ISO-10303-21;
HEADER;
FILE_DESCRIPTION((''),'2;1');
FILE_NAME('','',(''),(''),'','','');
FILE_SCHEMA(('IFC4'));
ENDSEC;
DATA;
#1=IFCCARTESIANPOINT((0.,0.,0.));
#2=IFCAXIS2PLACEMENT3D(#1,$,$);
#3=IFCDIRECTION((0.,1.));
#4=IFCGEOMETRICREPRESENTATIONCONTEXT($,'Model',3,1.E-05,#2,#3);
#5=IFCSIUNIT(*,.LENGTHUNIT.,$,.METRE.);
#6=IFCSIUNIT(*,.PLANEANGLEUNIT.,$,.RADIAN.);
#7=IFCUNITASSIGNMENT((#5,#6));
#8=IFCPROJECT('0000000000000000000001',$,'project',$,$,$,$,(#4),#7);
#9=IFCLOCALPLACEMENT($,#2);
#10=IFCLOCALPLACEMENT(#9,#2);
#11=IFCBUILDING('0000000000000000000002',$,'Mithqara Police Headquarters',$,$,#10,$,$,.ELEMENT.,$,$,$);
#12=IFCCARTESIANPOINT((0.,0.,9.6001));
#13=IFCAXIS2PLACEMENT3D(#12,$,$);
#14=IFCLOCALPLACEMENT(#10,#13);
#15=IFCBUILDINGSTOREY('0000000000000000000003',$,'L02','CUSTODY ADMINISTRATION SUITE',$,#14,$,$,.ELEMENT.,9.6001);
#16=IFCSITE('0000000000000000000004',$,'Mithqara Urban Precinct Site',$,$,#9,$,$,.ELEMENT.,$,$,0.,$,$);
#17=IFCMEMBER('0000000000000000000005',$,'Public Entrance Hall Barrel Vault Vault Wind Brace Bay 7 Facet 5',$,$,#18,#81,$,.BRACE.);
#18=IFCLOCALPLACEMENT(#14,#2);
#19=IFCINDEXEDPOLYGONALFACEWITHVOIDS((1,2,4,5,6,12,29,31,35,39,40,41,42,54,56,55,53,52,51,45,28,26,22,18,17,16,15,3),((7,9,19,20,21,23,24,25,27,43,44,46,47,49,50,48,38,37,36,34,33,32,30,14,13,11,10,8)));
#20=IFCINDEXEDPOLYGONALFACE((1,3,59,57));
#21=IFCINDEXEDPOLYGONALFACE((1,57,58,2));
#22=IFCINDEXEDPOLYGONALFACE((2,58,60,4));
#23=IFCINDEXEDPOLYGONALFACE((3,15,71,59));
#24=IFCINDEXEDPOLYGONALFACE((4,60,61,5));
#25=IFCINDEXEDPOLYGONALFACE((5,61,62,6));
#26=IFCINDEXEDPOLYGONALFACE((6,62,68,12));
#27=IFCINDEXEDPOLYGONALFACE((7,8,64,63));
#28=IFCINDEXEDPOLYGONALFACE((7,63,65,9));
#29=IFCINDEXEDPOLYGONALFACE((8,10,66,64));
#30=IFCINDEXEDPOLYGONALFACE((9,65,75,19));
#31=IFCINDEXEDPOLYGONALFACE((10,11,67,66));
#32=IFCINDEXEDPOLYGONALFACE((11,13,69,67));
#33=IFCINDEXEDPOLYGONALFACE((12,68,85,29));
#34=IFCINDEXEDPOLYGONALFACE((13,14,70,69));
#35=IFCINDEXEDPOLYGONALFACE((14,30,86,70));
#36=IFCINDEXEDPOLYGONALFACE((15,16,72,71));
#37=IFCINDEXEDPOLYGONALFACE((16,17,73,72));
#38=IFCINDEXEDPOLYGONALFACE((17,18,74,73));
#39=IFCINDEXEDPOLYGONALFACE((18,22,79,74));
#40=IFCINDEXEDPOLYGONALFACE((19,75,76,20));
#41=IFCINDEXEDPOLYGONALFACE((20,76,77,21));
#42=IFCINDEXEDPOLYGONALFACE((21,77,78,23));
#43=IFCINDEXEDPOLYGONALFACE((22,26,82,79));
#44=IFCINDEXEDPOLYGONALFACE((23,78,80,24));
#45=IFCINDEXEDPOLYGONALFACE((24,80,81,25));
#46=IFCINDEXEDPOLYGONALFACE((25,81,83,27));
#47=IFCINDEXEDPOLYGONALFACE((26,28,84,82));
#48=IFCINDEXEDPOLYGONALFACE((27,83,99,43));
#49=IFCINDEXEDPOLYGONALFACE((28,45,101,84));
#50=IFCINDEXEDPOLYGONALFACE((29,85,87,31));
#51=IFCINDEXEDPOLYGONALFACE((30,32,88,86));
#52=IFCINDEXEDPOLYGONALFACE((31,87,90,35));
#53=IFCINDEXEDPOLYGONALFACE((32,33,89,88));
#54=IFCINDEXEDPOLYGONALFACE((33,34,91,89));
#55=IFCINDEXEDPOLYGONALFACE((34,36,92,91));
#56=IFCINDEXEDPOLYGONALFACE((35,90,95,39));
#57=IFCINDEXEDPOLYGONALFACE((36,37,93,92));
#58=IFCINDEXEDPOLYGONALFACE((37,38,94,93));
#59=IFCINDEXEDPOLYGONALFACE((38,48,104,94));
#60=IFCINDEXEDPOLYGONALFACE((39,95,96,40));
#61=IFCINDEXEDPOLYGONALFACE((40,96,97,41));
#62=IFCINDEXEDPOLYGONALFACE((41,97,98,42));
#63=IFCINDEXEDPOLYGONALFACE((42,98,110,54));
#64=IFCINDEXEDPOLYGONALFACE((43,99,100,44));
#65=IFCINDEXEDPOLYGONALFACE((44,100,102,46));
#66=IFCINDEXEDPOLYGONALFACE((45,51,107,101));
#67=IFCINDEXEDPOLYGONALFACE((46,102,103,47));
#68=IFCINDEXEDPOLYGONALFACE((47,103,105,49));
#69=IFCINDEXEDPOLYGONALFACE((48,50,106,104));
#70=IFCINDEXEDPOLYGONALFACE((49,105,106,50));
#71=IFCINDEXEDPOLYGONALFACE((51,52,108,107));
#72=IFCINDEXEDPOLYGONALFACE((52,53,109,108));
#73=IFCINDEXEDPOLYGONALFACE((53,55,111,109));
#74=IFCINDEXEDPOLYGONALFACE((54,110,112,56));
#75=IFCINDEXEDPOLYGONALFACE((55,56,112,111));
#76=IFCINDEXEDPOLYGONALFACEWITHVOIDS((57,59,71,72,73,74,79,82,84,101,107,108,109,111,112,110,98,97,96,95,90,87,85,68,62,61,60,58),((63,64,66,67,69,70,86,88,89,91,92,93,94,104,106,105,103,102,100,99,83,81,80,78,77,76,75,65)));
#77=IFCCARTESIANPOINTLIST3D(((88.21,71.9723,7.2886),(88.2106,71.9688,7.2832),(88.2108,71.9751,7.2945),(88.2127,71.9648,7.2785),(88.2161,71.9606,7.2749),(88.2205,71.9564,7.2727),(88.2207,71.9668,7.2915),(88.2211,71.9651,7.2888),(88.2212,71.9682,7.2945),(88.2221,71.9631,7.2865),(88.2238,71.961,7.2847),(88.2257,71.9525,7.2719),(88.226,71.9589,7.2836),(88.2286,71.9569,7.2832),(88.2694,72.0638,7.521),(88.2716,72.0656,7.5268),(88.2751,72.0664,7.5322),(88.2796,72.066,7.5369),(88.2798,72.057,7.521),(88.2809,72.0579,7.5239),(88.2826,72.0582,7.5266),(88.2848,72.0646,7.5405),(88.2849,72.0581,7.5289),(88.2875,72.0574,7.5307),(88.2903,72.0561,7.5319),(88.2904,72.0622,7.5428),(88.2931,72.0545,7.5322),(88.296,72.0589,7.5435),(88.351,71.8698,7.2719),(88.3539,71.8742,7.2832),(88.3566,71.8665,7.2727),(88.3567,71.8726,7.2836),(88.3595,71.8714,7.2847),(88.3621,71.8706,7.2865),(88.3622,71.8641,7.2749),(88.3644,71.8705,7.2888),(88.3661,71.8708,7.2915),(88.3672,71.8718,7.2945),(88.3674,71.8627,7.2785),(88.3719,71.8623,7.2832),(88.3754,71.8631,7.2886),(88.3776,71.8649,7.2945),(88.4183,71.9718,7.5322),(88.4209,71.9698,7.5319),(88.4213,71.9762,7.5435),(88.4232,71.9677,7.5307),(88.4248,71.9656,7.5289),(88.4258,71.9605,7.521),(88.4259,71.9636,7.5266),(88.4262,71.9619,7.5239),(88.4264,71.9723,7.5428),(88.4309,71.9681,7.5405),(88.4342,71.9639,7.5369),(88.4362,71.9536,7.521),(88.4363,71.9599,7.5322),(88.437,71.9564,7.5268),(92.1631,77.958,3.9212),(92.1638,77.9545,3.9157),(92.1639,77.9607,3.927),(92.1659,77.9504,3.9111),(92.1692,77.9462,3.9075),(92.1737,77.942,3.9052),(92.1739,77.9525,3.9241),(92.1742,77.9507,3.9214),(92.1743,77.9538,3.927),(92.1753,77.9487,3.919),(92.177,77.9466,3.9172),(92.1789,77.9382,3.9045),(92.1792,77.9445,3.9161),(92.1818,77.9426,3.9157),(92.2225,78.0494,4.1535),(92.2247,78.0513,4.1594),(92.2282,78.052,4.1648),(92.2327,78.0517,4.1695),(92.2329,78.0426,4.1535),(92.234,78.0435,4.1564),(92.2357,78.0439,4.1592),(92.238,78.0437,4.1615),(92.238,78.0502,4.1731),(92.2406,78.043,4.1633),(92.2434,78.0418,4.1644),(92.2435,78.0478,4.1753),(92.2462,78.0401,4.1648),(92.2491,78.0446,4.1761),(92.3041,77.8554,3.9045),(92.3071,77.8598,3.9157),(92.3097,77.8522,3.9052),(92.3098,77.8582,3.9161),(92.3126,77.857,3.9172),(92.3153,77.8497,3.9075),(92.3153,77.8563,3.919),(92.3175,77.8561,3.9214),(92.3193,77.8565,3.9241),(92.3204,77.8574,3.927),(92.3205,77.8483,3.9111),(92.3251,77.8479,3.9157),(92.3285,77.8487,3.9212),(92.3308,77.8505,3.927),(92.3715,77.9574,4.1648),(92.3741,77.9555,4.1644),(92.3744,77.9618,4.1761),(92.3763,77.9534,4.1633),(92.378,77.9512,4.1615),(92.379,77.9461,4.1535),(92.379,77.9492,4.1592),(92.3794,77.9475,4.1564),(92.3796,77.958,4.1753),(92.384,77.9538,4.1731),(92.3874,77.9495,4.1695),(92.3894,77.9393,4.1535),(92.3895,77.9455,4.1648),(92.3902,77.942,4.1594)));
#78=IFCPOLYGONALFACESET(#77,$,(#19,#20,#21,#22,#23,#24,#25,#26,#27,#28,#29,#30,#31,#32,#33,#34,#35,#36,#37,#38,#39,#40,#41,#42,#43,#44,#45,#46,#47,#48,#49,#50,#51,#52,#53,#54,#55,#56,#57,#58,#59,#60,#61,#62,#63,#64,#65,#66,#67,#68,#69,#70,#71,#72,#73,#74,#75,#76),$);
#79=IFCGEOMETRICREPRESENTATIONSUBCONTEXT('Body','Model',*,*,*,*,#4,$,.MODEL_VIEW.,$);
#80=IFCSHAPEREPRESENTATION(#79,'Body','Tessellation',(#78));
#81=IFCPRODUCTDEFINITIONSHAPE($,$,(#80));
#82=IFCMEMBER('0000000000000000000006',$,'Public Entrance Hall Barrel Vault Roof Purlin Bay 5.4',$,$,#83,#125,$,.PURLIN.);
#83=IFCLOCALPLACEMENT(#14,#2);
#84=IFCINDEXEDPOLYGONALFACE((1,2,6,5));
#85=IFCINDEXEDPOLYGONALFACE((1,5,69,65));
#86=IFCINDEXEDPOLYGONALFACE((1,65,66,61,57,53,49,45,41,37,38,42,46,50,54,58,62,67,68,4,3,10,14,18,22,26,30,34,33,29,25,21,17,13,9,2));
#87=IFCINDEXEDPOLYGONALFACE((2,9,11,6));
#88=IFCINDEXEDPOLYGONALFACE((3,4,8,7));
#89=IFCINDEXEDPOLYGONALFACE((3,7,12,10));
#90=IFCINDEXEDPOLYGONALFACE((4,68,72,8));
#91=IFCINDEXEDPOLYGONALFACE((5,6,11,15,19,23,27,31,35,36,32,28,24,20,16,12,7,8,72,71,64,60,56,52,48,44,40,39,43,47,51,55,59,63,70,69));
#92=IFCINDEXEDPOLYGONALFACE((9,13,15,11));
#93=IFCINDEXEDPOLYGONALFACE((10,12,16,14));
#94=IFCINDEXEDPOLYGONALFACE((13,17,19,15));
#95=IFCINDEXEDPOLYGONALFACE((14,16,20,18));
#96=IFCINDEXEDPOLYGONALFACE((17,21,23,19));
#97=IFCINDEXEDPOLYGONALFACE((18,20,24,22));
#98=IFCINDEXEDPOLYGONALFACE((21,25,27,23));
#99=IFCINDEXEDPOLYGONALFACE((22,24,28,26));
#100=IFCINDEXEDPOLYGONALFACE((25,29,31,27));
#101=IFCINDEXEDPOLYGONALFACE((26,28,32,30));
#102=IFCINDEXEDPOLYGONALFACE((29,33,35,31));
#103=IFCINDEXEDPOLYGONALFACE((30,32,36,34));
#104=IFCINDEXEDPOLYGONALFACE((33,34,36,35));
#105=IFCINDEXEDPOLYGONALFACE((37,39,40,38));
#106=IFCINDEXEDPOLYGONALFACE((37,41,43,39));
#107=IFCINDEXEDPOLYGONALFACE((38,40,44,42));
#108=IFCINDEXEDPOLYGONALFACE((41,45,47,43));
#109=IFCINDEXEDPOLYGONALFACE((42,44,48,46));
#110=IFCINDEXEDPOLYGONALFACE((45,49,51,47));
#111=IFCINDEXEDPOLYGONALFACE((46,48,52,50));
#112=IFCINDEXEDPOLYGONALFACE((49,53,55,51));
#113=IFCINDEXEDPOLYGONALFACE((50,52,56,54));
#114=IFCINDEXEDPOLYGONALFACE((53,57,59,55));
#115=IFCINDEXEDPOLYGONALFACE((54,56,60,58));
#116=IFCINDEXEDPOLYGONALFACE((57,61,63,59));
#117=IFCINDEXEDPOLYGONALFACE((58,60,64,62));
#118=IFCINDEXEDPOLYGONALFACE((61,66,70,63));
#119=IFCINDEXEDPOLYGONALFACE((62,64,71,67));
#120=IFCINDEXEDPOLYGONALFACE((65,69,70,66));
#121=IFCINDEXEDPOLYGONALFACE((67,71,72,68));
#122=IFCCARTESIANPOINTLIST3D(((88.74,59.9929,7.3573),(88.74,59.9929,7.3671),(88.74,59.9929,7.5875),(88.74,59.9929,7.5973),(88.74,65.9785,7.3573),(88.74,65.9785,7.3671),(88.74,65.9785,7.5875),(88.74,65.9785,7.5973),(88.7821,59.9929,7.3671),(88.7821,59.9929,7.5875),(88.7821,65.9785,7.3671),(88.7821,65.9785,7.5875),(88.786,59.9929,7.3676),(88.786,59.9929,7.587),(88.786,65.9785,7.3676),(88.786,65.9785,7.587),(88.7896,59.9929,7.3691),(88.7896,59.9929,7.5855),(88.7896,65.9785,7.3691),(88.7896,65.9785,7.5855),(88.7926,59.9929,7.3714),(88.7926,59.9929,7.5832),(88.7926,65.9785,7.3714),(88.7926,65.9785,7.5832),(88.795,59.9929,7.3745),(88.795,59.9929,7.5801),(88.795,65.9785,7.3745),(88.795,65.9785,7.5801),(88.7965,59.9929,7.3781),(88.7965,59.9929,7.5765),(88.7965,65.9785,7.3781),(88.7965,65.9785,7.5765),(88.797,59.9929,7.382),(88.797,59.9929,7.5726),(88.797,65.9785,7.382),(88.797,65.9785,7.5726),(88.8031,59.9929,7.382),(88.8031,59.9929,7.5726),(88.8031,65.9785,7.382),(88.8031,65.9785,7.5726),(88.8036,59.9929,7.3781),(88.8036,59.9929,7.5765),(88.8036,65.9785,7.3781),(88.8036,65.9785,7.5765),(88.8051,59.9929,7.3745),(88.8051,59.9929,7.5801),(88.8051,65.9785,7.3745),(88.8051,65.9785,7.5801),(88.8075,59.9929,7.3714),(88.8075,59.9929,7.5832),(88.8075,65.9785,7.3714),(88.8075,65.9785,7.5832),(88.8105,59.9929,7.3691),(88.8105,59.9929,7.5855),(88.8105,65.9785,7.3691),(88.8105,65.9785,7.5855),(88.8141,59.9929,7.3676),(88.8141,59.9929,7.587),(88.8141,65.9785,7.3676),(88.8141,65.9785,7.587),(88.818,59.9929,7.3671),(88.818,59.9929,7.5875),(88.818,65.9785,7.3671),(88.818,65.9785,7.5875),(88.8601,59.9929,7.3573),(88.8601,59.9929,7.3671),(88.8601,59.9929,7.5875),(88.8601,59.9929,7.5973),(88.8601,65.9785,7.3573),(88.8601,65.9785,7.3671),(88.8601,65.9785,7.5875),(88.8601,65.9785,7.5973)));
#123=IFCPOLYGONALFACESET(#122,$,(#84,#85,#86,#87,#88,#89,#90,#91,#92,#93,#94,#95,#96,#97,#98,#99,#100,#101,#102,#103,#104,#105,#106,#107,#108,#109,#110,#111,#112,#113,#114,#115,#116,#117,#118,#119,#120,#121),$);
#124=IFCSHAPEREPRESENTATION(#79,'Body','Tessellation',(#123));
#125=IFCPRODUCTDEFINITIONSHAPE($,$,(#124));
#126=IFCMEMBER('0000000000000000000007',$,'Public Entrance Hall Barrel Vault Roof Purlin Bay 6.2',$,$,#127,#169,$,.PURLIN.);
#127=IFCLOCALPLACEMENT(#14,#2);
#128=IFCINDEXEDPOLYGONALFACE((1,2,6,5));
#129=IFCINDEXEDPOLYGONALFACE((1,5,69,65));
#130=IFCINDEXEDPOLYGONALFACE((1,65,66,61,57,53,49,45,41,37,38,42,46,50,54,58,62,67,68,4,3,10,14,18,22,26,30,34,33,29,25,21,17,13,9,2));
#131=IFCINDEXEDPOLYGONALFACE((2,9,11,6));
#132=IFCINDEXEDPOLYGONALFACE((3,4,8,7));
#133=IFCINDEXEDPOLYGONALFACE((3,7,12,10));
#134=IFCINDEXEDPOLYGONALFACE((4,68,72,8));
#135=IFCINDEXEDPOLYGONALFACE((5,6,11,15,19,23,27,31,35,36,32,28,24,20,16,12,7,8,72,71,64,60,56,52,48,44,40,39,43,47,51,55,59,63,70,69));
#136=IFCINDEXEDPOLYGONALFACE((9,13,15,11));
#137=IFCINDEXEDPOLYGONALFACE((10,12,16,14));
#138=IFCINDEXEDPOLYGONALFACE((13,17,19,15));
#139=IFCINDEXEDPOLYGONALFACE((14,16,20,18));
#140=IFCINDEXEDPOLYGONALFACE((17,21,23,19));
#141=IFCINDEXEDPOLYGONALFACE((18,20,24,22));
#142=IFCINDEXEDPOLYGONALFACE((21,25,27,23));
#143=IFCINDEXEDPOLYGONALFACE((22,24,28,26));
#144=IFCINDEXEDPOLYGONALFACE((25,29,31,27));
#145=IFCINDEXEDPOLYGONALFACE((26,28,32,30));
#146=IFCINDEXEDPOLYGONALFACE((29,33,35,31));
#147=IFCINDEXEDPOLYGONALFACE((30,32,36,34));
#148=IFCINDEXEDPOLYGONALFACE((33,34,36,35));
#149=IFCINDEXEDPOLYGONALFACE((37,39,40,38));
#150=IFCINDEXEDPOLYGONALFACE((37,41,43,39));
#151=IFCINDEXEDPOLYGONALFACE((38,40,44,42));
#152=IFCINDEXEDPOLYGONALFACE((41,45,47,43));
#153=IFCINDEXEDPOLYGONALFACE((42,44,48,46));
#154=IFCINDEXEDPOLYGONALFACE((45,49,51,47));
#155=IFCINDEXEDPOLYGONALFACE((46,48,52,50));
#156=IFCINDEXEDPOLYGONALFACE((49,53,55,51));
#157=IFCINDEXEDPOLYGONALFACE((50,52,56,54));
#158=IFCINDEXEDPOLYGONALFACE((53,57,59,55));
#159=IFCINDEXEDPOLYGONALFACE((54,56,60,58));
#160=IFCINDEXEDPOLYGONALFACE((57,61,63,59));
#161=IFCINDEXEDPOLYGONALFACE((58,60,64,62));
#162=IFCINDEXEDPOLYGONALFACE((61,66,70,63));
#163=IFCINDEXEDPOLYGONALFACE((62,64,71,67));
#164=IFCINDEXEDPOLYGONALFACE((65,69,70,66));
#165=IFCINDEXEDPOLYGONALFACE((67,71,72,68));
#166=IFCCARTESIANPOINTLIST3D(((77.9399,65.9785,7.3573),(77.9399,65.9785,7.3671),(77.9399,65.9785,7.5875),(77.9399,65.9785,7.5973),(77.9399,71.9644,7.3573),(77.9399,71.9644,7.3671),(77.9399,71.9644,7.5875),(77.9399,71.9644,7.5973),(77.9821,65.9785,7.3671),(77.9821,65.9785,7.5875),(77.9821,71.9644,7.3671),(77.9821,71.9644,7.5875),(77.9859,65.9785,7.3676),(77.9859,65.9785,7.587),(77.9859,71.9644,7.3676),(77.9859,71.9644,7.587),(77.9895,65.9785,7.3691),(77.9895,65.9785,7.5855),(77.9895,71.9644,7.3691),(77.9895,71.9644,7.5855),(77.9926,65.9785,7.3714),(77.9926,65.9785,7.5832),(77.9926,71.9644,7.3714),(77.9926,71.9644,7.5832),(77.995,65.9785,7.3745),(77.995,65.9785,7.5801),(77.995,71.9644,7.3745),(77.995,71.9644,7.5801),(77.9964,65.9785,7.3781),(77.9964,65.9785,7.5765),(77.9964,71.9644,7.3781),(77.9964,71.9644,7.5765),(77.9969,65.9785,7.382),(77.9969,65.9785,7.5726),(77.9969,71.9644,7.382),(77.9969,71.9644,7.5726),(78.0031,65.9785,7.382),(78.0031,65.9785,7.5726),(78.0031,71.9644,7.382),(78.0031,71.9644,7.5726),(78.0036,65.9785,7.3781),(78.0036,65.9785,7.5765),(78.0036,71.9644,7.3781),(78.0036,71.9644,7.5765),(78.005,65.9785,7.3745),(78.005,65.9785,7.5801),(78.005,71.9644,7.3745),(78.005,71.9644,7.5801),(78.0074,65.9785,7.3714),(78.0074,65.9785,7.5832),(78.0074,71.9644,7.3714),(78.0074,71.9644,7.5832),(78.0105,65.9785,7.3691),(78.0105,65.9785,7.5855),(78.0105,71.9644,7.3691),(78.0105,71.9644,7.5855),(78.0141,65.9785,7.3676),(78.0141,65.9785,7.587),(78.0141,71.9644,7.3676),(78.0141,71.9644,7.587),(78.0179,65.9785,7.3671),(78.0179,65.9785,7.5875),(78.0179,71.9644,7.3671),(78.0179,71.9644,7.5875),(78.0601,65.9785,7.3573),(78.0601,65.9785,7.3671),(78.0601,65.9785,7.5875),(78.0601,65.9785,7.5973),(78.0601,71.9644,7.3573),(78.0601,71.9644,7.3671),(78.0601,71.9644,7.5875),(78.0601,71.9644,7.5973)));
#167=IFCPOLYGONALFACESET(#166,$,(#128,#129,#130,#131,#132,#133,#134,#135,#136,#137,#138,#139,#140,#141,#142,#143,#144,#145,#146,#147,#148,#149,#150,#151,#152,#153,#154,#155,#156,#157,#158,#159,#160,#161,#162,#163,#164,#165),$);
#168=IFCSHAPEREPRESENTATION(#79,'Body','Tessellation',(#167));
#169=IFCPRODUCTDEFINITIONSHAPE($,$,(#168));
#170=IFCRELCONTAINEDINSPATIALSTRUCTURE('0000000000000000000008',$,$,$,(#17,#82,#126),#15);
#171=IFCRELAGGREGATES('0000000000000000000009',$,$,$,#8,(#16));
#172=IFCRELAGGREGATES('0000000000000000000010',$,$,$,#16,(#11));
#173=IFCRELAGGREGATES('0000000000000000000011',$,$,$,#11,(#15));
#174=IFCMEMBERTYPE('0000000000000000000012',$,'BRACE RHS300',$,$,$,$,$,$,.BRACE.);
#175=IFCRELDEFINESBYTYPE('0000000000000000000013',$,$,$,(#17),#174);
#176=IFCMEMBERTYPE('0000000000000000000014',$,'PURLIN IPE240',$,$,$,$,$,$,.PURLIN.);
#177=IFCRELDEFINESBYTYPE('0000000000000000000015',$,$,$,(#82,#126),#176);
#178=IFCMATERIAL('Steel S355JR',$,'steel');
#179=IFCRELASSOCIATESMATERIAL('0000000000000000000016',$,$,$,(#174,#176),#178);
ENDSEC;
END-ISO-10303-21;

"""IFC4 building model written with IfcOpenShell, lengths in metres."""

from ifc_helpers import new_model, si_unit, direction, frame, origin, origin_2d, place, context, subcontext, project, spatial, hollow_rectangle, i_section, extrude, material, material_profile, profile_set, type_object, element, save


model = new_model("IFC4")

# Units and contexts
model_context = context("Model", 3, precision=1e-05, world=origin(), true_north=direction((0.0, 1.0)))
body_context = subcontext(model_context, "Body", "Model", "MODEL_VIEW")
ifc_project = project(units=[si_unit("LENGTHUNIT", "METRE"), si_unit("PLANEANGLEUNIT", "RADIAN")], contexts=[model_context])

# Site, building, storey
site_placement = place(None, origin())
site = spatial("IfcSite", under=ifc_project, at=site_placement, Name="Mithqara Urban Precinct Site", CompositionType="ELEMENT", RefElevation=0.0)
building_placement = place(site_placement, origin())
building = spatial("IfcBuilding", under=site, at=building_placement, Name="Mithqara Police Headquarters", CompositionType="ELEMENT")
storey_placement = place(building_placement, frame((0.0, 0.0, 9.6001)))
storey = spatial("IfcBuildingStorey", under=building, at=storey_placement, Name="L02", Description="CUSTODY ADMINISTRATION SUITE", CompositionType="ELEMENT", Elevation=9.6001)

# Shared definitions
ifc_material_1 = material(Name="Steel S355JR", Category="steel")

# Members
ifc_material_profile_1 = material_profile(ifc_material_1, hollow_rectangle(XDim=0.2, YDim=0.3, WallThickness=0.0125, InnerFilletRadius=0.0125, OuterFilletRadius=0.0249, at=origin_2d()), Name="RHS 300x200x12.5")
ifc_profile_set_1 = profile_set([ifc_material_profile_1], Name="Steel S355JR")
member_type_1 = type_object("IfcMemberType", Name="BRACE RHS300", PredefinedType="BRACE", material=ifc_profile_set_1)
member_1_placement = place(storey_placement, frame((88.3235, 71.9644, 7.4077), z_axis=(0.498863, 0.755349, -0.424951), x_axis=(-0.834441, 0.551098, 0.0)))
element("IfcMember", 1, at=member_1_placement, inside=storey, type_object=member_type_1, Name="Public Entrance Hall Barrel Vault Vault Wind Brace Bay 7 Facet 5", PredefinedType="BRACE", context=body_context, shape_type="SweptSolid", body=[
    extrude(hollow_rectangle(XDim=0.2, YDim=0.3, WallThickness=0.0125, InnerFilletRadius=0.0125, OuterFilletRadius=0.0249, at=origin_2d()), origin(), (0.0, 0.0, 1.0), 7.9243),
])
ifc_material_profile_2 = material_profile(ifc_material_1, i_section(OverallWidth=0.1201, OverallDepth=0.24, WebThickness=0.0061, FlangeThickness=0.0098, FilletRadius=0.0149, at=origin_2d()), Name="IPE 240")
ifc_profile_set_2 = profile_set([ifc_material_profile_2], Name="Steel S355JR")
member_type_2 = type_object("IfcMemberType", Name="PURLIN IPE240", PredefinedType="PURLIN", material=ifc_profile_set_2)
member_2_placement = place(storey_placement, frame((88.8, 59.9929, 7.4773), z_axis=(0.0, 1.0, 0.0), x_axis=(-1.0, 0.0, 0.0)))
element("IfcMember", 2, at=member_2_placement, inside=storey, type_object=member_type_2, Name="Public Entrance Hall Barrel Vault Roof Purlin Bay 5.4", PredefinedType="PURLIN", context=body_context, shape_type="SweptSolid", body=[
    extrude(i_section(OverallWidth=0.1201, OverallDepth=0.24, WebThickness=0.0061, FlangeThickness=0.0098, FilletRadius=0.0149, at=origin_2d()), origin(), (0.0, 0.0, 1.0), 5.9856),
])
for number, where, z_axis, x_axis, name in (
    (3, (78.0, 65.9785, 7.4773), (0.0, 1.0, 0.0), (-1.0, 0.0, 0.0), "Public Entrance Hall Barrel Vault Roof Purlin Bay 6.2"),
):
    element("IfcMember", number, at=place(storey_placement, frame(where, z_axis=z_axis, x_axis=x_axis)), inside=storey, type_object=member_type_2, Name=name, PredefinedType="PURLIN", context=body_context, shape_type="SweptSolid", body=[
        extrude(i_section(OverallWidth=0.1201, OverallDepth=0.24, WebThickness=0.0061, FlangeThickness=0.0098, FilletRadius=0.0149, at=origin_2d()), origin(), (0.0, 0.0, 1.0), 5.9858),
    ])

save(model, "model.ifc")
